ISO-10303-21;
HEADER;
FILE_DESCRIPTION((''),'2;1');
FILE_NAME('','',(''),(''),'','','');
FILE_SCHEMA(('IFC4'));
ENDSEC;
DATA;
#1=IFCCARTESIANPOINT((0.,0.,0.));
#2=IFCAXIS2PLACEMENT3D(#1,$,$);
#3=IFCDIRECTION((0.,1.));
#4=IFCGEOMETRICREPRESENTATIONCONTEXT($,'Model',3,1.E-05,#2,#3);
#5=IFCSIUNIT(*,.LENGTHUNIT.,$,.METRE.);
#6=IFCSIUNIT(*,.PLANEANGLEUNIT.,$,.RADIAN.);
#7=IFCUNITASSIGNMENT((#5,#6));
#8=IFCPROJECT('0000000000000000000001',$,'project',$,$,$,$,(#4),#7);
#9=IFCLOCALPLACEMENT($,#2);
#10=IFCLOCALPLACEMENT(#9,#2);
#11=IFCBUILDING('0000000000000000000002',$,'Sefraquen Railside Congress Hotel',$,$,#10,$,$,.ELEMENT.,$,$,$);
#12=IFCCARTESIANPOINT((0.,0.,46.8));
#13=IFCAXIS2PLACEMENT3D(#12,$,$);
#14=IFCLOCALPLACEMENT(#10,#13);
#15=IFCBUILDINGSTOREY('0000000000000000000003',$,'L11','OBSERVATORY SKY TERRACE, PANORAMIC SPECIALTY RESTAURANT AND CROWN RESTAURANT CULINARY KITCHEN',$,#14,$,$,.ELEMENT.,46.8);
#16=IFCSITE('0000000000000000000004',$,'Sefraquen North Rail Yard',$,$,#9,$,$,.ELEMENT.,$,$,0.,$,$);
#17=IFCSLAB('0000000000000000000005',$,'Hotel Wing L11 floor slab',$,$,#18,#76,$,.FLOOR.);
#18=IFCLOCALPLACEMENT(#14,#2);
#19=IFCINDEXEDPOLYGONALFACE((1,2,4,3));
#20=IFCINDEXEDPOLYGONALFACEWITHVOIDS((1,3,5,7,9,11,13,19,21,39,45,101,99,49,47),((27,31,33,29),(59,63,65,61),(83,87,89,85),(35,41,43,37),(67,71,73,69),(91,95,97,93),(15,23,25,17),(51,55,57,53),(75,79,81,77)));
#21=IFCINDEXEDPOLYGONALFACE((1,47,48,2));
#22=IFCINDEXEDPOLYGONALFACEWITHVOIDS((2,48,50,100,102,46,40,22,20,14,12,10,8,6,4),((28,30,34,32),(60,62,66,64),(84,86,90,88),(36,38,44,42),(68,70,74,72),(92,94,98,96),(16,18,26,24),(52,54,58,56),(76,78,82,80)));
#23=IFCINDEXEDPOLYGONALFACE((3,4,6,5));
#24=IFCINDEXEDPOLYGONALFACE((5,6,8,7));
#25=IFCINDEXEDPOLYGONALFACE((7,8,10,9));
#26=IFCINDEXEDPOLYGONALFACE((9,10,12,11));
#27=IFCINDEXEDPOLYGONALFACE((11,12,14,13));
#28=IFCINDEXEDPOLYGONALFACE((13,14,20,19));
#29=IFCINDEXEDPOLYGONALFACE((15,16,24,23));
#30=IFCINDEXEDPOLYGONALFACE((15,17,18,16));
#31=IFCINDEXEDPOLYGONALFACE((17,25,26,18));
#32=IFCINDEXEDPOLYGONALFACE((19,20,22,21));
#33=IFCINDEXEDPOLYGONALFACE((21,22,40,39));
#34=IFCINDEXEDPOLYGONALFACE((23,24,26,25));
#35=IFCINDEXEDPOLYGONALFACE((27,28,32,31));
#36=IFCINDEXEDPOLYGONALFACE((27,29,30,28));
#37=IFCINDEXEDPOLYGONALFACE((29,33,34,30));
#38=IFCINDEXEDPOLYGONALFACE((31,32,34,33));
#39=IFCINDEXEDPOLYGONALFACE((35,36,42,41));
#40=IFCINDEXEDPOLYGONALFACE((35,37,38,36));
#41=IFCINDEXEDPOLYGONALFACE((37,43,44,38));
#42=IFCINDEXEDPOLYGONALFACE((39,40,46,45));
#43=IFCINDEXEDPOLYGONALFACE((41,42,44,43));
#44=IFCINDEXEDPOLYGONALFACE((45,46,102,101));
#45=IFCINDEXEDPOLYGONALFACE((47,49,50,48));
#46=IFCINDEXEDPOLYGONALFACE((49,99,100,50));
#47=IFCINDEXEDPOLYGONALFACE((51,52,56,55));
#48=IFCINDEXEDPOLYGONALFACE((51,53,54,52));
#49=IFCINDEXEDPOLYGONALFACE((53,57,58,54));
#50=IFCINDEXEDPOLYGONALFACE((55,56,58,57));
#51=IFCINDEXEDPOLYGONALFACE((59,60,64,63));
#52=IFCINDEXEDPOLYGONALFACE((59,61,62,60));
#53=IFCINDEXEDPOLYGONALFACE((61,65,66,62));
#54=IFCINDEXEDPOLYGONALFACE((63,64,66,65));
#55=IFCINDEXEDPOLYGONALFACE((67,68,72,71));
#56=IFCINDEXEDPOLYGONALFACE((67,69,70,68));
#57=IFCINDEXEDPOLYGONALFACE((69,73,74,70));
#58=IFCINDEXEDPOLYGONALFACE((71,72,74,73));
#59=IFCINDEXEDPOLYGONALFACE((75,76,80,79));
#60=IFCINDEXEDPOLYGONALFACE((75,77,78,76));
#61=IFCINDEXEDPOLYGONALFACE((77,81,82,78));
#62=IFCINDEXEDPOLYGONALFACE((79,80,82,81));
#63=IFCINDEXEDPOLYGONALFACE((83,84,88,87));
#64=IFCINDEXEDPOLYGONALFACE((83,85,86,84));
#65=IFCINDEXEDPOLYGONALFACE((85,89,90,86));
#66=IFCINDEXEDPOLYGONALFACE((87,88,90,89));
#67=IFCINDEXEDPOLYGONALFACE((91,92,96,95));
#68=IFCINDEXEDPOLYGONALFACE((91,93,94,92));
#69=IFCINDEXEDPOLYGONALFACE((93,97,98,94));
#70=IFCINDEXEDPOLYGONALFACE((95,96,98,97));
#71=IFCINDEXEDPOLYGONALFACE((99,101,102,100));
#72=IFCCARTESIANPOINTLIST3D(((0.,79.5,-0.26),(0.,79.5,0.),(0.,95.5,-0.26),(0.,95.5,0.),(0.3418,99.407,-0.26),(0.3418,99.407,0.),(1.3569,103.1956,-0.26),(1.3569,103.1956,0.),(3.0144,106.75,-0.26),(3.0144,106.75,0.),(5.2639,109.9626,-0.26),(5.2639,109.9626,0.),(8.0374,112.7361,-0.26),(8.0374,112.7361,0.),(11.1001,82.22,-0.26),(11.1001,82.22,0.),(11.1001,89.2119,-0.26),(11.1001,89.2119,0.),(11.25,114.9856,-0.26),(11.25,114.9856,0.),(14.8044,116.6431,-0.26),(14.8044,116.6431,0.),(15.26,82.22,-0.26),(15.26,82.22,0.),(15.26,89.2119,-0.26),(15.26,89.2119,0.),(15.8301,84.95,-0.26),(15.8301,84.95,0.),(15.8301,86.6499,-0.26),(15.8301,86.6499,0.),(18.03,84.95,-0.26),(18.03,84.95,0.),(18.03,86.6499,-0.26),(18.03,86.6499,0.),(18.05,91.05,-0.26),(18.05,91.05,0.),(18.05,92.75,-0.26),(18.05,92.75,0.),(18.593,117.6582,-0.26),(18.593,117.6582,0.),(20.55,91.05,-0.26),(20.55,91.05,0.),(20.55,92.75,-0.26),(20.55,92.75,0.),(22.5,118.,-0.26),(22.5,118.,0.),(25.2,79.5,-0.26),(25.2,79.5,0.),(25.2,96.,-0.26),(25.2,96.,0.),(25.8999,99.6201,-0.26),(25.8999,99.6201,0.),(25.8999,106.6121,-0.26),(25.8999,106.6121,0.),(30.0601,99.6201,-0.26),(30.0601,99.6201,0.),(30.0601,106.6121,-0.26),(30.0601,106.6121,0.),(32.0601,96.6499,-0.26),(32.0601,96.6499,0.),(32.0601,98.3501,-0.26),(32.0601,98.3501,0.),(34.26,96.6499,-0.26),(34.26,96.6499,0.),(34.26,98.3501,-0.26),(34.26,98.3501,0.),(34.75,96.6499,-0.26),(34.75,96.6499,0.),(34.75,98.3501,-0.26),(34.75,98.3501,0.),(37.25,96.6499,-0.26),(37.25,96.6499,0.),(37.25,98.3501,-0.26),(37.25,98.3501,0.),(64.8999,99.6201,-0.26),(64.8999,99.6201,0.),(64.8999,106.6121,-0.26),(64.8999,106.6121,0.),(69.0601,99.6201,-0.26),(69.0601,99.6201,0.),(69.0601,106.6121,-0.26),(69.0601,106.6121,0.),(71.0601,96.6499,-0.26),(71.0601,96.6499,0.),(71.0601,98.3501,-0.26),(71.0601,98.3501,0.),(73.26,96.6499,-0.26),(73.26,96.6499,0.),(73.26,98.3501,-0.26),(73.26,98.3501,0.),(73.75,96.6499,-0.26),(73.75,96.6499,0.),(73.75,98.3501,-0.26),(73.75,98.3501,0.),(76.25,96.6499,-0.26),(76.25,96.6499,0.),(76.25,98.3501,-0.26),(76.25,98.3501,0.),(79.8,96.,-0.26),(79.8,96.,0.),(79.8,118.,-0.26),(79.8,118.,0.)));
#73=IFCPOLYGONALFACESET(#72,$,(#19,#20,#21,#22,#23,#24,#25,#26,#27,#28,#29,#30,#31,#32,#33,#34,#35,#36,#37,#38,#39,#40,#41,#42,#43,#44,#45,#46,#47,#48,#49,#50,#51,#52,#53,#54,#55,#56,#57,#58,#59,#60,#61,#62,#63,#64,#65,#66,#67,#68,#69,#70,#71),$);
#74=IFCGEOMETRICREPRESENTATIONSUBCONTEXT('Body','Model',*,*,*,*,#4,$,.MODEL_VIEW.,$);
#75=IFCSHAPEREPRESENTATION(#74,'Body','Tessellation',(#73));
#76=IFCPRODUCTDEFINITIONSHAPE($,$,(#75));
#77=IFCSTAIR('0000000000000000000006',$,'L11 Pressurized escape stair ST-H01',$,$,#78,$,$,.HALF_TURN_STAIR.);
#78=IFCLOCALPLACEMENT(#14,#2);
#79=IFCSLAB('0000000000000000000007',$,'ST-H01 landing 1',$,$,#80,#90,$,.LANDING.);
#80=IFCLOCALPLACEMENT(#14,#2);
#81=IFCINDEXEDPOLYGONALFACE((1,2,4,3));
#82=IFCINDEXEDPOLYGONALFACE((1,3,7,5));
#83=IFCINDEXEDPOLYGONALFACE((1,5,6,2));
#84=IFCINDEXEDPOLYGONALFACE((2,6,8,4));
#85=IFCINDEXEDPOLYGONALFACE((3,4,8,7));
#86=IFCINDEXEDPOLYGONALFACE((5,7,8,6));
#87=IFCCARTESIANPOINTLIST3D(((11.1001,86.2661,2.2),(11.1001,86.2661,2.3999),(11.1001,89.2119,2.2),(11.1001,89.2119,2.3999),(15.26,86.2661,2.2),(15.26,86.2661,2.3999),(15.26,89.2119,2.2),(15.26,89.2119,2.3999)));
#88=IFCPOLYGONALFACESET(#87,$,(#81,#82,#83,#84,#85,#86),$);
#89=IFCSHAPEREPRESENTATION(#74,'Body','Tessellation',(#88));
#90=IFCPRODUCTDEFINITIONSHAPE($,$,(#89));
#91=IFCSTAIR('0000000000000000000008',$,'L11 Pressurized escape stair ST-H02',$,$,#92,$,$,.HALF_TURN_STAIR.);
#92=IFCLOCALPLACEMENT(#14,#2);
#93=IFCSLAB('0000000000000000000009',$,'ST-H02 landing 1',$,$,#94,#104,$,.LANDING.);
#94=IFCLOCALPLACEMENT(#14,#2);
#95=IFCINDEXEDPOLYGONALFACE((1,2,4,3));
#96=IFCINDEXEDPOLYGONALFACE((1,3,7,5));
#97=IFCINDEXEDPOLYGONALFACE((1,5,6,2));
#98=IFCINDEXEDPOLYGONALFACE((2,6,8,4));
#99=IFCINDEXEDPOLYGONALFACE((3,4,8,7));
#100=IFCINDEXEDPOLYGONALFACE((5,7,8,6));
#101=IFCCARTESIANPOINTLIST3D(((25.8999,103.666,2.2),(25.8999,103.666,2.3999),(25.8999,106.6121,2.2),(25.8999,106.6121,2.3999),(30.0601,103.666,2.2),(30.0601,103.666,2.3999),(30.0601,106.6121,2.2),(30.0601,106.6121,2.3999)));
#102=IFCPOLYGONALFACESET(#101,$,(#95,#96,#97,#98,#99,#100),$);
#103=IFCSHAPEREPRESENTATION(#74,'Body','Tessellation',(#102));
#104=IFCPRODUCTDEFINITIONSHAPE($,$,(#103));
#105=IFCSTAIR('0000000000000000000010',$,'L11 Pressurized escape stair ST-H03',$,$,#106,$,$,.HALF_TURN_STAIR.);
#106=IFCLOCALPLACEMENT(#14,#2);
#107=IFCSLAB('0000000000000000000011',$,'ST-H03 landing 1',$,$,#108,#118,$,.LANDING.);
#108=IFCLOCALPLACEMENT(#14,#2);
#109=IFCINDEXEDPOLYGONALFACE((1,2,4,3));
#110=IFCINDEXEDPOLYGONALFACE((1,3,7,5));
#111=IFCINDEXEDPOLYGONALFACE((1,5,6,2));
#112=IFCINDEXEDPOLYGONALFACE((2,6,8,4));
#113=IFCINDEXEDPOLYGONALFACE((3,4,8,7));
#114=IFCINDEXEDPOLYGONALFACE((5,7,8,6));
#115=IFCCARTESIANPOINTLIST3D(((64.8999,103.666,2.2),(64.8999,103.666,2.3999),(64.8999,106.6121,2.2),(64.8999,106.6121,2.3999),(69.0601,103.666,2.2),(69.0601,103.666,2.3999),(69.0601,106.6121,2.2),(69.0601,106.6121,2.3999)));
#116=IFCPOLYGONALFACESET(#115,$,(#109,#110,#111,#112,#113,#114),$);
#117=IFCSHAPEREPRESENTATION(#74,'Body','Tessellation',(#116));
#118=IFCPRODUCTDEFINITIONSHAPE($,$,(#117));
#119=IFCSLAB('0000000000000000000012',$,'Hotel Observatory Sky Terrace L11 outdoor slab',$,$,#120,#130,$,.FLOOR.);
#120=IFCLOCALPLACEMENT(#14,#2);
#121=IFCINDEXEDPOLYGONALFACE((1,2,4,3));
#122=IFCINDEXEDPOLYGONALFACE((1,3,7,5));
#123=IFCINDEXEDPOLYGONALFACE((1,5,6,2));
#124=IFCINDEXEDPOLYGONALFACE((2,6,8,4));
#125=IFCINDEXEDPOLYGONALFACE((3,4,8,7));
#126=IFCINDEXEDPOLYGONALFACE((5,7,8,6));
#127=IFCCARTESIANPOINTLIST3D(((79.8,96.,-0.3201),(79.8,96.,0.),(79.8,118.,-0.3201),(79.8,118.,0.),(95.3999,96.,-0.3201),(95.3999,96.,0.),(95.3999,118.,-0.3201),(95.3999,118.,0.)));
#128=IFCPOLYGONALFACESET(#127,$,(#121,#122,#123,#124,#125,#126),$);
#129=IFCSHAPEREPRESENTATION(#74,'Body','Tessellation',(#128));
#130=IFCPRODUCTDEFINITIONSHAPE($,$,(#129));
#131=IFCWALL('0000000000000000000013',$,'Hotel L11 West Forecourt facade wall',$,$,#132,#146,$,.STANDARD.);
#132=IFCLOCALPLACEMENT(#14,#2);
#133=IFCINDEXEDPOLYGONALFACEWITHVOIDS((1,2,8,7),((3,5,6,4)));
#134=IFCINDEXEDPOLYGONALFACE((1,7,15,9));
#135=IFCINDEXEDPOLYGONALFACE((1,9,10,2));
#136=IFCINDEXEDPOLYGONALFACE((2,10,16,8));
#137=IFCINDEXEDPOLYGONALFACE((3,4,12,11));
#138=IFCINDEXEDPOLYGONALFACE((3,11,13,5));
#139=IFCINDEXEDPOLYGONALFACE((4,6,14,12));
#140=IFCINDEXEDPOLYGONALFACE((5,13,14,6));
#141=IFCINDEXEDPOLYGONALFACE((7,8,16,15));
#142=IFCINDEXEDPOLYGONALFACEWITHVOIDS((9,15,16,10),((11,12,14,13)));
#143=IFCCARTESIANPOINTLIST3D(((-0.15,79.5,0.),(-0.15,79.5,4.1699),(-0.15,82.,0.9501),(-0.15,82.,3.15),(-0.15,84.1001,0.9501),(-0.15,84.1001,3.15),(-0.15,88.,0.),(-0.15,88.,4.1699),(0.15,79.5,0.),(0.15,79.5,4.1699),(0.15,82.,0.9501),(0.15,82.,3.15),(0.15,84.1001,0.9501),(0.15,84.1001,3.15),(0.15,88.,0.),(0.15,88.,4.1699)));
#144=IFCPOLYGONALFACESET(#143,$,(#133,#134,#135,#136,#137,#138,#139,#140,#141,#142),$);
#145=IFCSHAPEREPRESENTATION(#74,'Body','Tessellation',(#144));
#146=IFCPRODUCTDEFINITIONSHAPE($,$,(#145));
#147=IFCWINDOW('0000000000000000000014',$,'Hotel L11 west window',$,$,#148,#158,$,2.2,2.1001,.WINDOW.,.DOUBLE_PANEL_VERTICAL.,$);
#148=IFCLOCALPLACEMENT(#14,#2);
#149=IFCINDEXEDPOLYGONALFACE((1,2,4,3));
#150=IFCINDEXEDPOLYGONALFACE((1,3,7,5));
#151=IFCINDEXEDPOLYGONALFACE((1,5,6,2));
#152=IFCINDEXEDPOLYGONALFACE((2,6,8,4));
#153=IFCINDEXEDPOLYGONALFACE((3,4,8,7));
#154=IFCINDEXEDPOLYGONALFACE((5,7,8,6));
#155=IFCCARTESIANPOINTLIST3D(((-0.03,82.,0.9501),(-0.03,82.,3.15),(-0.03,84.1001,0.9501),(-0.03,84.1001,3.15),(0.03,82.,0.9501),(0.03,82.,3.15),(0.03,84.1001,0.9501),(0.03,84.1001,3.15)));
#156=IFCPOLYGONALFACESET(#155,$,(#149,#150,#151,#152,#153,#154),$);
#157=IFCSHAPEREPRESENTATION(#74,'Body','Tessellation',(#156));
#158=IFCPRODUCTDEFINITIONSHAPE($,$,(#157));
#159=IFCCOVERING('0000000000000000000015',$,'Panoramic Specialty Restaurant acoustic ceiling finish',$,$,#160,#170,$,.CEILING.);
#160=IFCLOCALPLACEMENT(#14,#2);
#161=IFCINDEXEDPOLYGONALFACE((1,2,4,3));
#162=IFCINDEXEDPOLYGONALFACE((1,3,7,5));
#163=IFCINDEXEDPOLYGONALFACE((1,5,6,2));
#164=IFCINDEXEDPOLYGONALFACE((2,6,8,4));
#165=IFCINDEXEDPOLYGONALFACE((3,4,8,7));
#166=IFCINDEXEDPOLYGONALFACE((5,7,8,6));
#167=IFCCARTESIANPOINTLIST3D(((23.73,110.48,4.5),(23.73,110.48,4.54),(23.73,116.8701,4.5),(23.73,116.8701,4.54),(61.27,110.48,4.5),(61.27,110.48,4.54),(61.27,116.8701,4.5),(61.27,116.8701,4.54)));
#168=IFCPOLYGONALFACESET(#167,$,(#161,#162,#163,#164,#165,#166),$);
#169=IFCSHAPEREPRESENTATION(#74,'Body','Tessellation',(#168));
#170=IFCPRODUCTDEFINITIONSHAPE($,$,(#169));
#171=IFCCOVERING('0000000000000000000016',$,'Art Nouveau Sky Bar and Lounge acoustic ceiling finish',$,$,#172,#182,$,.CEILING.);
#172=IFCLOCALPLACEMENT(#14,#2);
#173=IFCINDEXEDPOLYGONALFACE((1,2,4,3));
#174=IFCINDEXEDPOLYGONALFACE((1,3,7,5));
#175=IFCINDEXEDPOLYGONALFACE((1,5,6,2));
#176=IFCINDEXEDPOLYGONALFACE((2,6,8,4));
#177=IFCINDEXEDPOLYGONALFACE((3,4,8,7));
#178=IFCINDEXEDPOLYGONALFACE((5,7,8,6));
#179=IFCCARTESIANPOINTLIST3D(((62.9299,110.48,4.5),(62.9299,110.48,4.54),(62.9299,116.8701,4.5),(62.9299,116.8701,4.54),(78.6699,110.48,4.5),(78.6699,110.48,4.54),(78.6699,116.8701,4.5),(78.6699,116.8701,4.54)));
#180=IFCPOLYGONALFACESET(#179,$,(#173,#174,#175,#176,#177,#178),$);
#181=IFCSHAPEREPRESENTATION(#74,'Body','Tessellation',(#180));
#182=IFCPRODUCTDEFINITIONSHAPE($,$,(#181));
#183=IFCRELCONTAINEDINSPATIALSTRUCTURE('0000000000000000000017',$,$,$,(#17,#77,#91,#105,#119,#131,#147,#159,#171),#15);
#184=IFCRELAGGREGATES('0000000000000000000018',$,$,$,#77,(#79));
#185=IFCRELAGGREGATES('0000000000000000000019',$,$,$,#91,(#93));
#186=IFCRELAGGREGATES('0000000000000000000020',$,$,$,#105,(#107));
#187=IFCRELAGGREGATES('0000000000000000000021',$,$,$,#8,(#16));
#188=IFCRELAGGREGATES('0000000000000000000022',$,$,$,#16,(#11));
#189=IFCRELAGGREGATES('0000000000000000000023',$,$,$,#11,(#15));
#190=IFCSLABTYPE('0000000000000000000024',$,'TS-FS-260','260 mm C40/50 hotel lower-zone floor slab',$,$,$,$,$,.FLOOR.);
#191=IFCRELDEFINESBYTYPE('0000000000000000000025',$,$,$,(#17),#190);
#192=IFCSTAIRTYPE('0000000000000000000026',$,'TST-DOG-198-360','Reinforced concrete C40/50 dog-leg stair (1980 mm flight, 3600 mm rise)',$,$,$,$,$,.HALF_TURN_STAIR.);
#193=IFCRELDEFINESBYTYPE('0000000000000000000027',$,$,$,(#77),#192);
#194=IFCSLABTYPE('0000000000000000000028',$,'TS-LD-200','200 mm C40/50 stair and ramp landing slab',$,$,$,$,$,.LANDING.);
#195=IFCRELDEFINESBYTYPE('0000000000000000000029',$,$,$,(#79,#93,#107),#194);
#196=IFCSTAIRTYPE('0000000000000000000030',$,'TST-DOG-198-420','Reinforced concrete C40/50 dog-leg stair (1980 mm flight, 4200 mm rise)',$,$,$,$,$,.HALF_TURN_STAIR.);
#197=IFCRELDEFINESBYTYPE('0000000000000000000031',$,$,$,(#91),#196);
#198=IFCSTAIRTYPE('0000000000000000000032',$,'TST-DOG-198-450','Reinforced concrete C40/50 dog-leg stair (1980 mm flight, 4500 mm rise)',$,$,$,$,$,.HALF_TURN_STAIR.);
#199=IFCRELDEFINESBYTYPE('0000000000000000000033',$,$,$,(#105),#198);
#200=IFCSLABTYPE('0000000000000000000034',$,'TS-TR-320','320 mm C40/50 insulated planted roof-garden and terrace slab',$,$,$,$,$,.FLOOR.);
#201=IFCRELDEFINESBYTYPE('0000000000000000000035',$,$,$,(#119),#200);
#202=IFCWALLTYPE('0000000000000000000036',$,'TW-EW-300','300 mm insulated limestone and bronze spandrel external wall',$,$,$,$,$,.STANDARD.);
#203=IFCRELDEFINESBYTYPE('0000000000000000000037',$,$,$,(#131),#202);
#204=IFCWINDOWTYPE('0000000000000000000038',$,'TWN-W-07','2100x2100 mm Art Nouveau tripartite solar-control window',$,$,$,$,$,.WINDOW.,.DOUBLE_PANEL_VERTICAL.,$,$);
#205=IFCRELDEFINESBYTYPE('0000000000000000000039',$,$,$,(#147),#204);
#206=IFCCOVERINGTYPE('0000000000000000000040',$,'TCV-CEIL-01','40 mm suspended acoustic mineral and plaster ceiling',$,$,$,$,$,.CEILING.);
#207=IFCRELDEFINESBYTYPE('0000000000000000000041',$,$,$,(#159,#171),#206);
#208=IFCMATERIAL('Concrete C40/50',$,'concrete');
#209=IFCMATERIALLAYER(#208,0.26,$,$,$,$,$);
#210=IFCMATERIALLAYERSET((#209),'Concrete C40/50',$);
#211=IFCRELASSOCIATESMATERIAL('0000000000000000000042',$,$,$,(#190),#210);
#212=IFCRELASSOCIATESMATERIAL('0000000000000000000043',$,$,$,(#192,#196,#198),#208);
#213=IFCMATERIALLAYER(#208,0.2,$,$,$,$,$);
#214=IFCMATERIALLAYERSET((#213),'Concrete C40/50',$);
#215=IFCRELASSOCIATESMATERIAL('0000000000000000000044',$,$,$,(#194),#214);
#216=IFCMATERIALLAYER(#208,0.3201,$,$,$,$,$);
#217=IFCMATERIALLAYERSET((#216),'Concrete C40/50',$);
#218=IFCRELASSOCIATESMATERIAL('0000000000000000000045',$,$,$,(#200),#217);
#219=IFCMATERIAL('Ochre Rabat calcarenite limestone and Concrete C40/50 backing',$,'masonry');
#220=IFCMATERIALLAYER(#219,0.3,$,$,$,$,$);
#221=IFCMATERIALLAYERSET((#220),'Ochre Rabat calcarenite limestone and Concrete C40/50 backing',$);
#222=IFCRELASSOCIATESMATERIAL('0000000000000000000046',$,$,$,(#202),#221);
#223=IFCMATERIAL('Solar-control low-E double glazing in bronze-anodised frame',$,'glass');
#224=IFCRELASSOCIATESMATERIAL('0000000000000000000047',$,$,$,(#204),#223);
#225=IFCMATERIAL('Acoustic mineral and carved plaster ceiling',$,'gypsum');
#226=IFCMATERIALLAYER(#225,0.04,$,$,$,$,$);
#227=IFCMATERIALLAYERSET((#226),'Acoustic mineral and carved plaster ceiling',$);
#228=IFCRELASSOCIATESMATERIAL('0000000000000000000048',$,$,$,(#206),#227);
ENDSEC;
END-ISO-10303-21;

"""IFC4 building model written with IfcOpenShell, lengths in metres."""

from ifc_helpers import new_model, si_unit, direction, frame, frame_2d, origin, place, context, subcontext, project, spatial, polyline, rectangle, outline, extrude, material, layer, layer_set, type_object, element, fill, aggregate, save


model = new_model("IFC4")

# Units and contexts
model_context = context("Model", 3, precision=1e-05, world=origin(), true_north=direction((0.0, 1.0)))
body_context = subcontext(model_context, "Body", "Model", "MODEL_VIEW")
ifc_project = project(units=[si_unit("LENGTHUNIT", "METRE"), si_unit("PLANEANGLEUNIT", "RADIAN")], contexts=[model_context])

# Site, building, storey
site_placement = place(None, origin())
site = spatial("IfcSite", under=ifc_project, at=site_placement, Name="Sefraquen North Rail Yard", CompositionType="ELEMENT", RefElevation=0.0)
building_placement = place(site_placement, origin())
building = spatial("IfcBuilding", under=site, at=building_placement, Name="Sefraquen Railside Congress Hotel", CompositionType="ELEMENT")
storey_placement = place(building_placement, frame((0.0, 0.0, 46.8)))
storey = spatial("IfcBuildingStorey", under=building, at=storey_placement, Name="L11", Description="OBSERVATORY SKY TERRACE, PANORAMIC SPECIALTY RESTAURANT AND CROWN RESTAURANT CULINARY KITCHEN", CompositionType="ELEMENT", Elevation=46.8)

# Slab
ifc_material_1 = material(Name="Concrete C40/50", Category="concrete")
ifc_layer_1 = layer(ifc_material_1, 0.26)
ifc_layer_set_1 = layer_set([ifc_layer_1], Name="Concrete C40/50")
slab_type_1 = type_object("IfcSlabType", Name="TS-FS-260", Description="260 mm C40/50 hotel lower-zone floor slab", PredefinedType="FLOOR", material=ifc_layer_set_1)
slab_1_placement = place(storey_placement, frame((0.0, 0.0, -0.26)))
element("IfcSlab", 1, at=slab_1_placement, inside=storey, type_object=slab_type_1, Name="Hotel Wing L11 floor slab", PredefinedType="FLOOR", context=body_context, shape_type="SweptSolid", body=[
    extrude(outline(polyline([(0.0, 79.5), (25.2, 79.5), (25.2, 96.0), (79.8, 96.0), (79.8, 118.0), (22.5, 118.0), (18.593, 117.6582), (14.8044, 116.6431), (11.25, 114.9856), (8.0374, 112.7361), (5.2639, 109.9626), (3.0144, 106.75), (1.3569, 103.1956), (0.3418, 99.407), (0.0, 95.5), (0.0, 79.5)]), holes=[polyline([(11.1001, 82.22), (15.26, 82.22), (15.26, 89.2119), (11.1001, 89.2119), (11.1001, 82.22)]), polyline([(25.8999, 99.6201), (30.0601, 99.6201), (30.0601, 106.6121), (25.8999, 106.6121), (25.8999, 99.6201)]), polyline([(64.8999, 99.6201), (69.0601, 99.6201), (69.0601, 106.6121), (64.8999, 106.6121), (64.8999, 99.6201)]), polyline([(15.8301, 84.95), (18.03, 84.95), (18.03, 86.6499), (15.8301, 86.6499), (15.8301, 84.95)]), polyline([(32.0601, 96.6499), (34.26, 96.6499), (34.26, 98.3501), (32.0601, 98.3501), (32.0601, 96.6499)]), polyline([(71.0601, 96.6499), (73.26, 96.6499), (73.26, 98.3501), (71.0601, 98.3501), (71.0601, 96.6499)]), polyline([(18.05, 91.05), (20.55, 91.05), (20.55, 92.75), (18.05, 92.75), (18.05, 91.05)]), polyline([(34.75, 96.6499), (37.25, 96.6499), (37.25, 98.3501), (34.75, 98.3501), (34.75, 96.6499)]), polyline([(73.75, 96.6499), (76.25, 96.6499), (76.25, 98.3501), (73.75, 98.3501), (73.75, 96.6499)])]), origin(), (0.0, 0.0, 1.0), 0.26),
])

# Stairs, slabs
stair_type_1 = type_object("IfcStairType", Name="TST-DOG-198-360", Description="Reinforced concrete C40/50 dog-leg stair (1980 mm flight, 3600 mm rise)", PredefinedType="HALF_TURN_STAIR", material=ifc_material_1)
stair_1_placement = place(storey_placement, origin())
stair_1 = element("IfcStair", 2, at=stair_1_placement, inside=storey, type_object=stair_type_1, Name="L11 Pressurized escape stair ST-H01", PredefinedType="HALF_TURN_STAIR")
ifc_layer_2 = layer(ifc_material_1, 0.2)
ifc_layer_set_2 = layer_set([ifc_layer_2], Name="Concrete C40/50")
slab_type_2 = type_object("IfcSlabType", Name="TS-LD-200", Description="200 mm C40/50 stair and ramp landing slab", PredefinedType="LANDING", material=ifc_layer_set_2)
slab_2_placement = place(storey_placement, frame((0.0, 0.0, 2.2)))
slab_2 = element("IfcSlab", 3, at=slab_2_placement, type_object=slab_type_2, Name="ST-H01 landing 1", PredefinedType="LANDING", context=body_context, shape_type="SweptSolid", body=[
    extrude(outline(polyline([(15.26, 86.2661), (15.26, 89.2119), (11.1001, 89.2119), (11.1001, 86.2661), (15.26, 86.2661)])), origin(), (0.0, 0.0, 1.0), 0.2),
])
aggregate(stair_1, [slab_2])
stair_type_2 = type_object("IfcStairType", Name="TST-DOG-198-420", Description="Reinforced concrete C40/50 dog-leg stair (1980 mm flight, 4200 mm rise)", PredefinedType="HALF_TURN_STAIR", material=ifc_material_1)
stair_2_placement = place(storey_placement, origin())
stair_2 = element("IfcStair", 4, at=stair_2_placement, inside=storey, type_object=stair_type_2, Name="L11 Pressurized escape stair ST-H02", PredefinedType="HALF_TURN_STAIR")
slab_3_placement = place(storey_placement, frame((0.0, 0.0, 2.2)))
slab_3 = element("IfcSlab", 5, at=slab_3_placement, type_object=slab_type_2, Name="ST-H02 landing 1", PredefinedType="LANDING", context=body_context, shape_type="SweptSolid", body=[
    extrude(outline(polyline([(30.0601, 103.666), (30.0601, 106.6121), (25.8999, 106.6121), (25.8999, 103.666), (30.0601, 103.666)])), origin(), (0.0, 0.0, 1.0), 0.2),
])
aggregate(stair_2, [slab_3])
stair_type_3 = type_object("IfcStairType", Name="TST-DOG-198-450", Description="Reinforced concrete C40/50 dog-leg stair (1980 mm flight, 4500 mm rise)", PredefinedType="HALF_TURN_STAIR", material=ifc_material_1)
stair_3_placement = place(storey_placement, origin())
stair_3 = element("IfcStair", 6, at=stair_3_placement, inside=storey, type_object=stair_type_3, Name="L11 Pressurized escape stair ST-H03", PredefinedType="HALF_TURN_STAIR")
slab_4_placement = place(storey_placement, frame((0.0, 0.0, 2.2)))
slab_4 = element("IfcSlab", 7, at=slab_4_placement, type_object=slab_type_2, Name="ST-H03 landing 1", PredefinedType="LANDING", context=body_context, shape_type="SweptSolid", body=[
    extrude(outline(polyline([(69.0601, 103.666), (69.0601, 106.6121), (64.8999, 106.6121), (64.8999, 103.666), (69.0601, 103.666)])), origin(), (0.0, 0.0, 1.0), 0.2),
])
aggregate(stair_3, [slab_4])

# Slab
ifc_layer_3 = layer(ifc_material_1, 0.3201)
ifc_layer_set_3 = layer_set([ifc_layer_3], Name="Concrete C40/50")
slab_type_3 = type_object("IfcSlabType", Name="TS-TR-320", Description="320 mm C40/50 insulated planted roof-garden and terrace slab", PredefinedType="FLOOR", material=ifc_layer_set_3)
slab_5_placement = place(storey_placement, frame((0.0, 0.0, -0.3201)))
element("IfcSlab", 8, at=slab_5_placement, inside=storey, type_object=slab_type_3, Name="Hotel Observatory Sky Terrace L11 outdoor slab", PredefinedType="FLOOR", context=body_context, shape_type="SweptSolid", body=[
    extrude(outline(polyline([(79.8, 96.0), (95.3999, 96.0), (95.3999, 118.0), (79.8, 118.0), (79.8, 96.0)])), origin(), (0.0, 0.0, 1.0), 0.3201),
])

# Wall, opening, window
ifc_material_2 = material(Name="Ochre Rabat calcarenite limestone and Concrete C40/50 backing", Category="masonry")
ifc_layer_4 = layer(ifc_material_2, 0.3)
ifc_layer_set_4 = layer_set([ifc_layer_4], Name="Ochre Rabat calcarenite limestone and Concrete C40/50 backing")
wall_type = type_object("IfcWallType", Name="TW-EW-300", Description="300 mm insulated limestone and bronze spandrel external wall", PredefinedType="STANDARD", material=ifc_layer_set_4)
wall_placement = place(storey_placement, frame((0.0, 79.5, 0.0), z_axis=(0.0, 0.0, 1.0), x_axis=(0.0, 1.0, 0.0)))
wall = element("IfcWall", 9, at=wall_placement, inside=storey, type_object=wall_type, Name="Hotel L11 West Forecourt facade wall", PredefinedType="STANDARD", context=body_context, shape_type="SweptSolid", body=[
    extrude(rectangle(XDim=8.5, YDim=0.3, at=frame_2d((4.25, 0.0))), origin(), (0.0, 0.0, 1.0), 4.1699),
])
opening_placement = place(wall_placement, frame((2.5, 0.0, 0.95)))
opening = element("IfcOpeningElement", 10, at=opening_placement, cuts=wall, PredefinedType="OPENING", context=body_context, shape_type="SweptSolid", body=[
    extrude(rectangle(XDim=2.1001, YDim=2.2, at=frame_2d((1.05, 1.1001))), frame((0.0, 0.1599, 0.0), z_axis=(0.0, -1.0, 0.0), x_axis=(1.0, 0.0, 0.0)), (0.0, 0.0, 1.0), 0.3201),
])
ifc_material_3 = material(Name="Solar-control low-E double glazing in bronze-anodised frame", Category="glass")
window_type = type_object("IfcWindowType", Name="TWN-W-07", Description="2100x2100 mm Art Nouveau tripartite solar-control window", PartitioningType="DOUBLE_PANEL_VERTICAL", PredefinedType="WINDOW", material=ifc_material_3)
window_placement = place(opening_placement, origin())
window = element("IfcWindow", 11, at=window_placement, inside=storey, type_object=window_type, Name="Hotel L11 west window", OverallHeight=2.2, OverallWidth=2.1001, PartitioningType="DOUBLE_PANEL_VERTICAL", PredefinedType="WINDOW", context=body_context, shape_type="SweptSolid", body=[
    extrude(rectangle(XDim=2.1001, YDim=2.2, at=frame_2d((1.05, 1.1001))), frame((0.0, 0.03, 0.0), z_axis=(0.0, -1.0, 0.0), x_axis=(1.0, 0.0, 0.0)), (0.0, 0.0, 1.0), 0.0601),
])
fill(opening, window)

# Coverings
ifc_material_4 = material(Name="Acoustic mineral and carved plaster ceiling", Category="gypsum")
ifc_layer_5 = layer(ifc_material_4, 0.04)
ifc_layer_set_5 = layer_set([ifc_layer_5], Name="Acoustic mineral and carved plaster ceiling")
covering_type_1 = type_object("IfcCoveringType", Name="TCV-CEIL-01", Description="40 mm suspended acoustic mineral and plaster ceiling", PredefinedType="CEILING", material=ifc_layer_set_5)
covering_1_placement = place(storey_placement, frame((0.0, 0.0, 4.5)))
element("IfcCovering", 12, at=covering_1_placement, inside=storey, type_object=covering_type_1, Name="Panoramic Specialty Restaurant acoustic ceiling finish", PredefinedType="CEILING", context=body_context, shape_type="SweptSolid", body=[
    extrude(outline(polyline([(23.73, 110.48), (61.27, 110.48), (61.27, 116.8701), (23.73, 116.8701), (23.73, 110.48)])), origin(), (0.0, 0.0, 1.0), 0.04),
])
covering_2_placement = place(storey_placement, frame((0.0, 0.0, 4.5)))
element("IfcCovering", 13, at=covering_2_placement, inside=storey, type_object=covering_type_1, Name="Art Nouveau Sky Bar and Lounge acoustic ceiling finish", PredefinedType="CEILING", context=body_context, shape_type="SweptSolid", body=[
    extrude(outline(polyline([(62.9299, 110.48), (78.6699, 110.48), (78.6699, 116.8701), (62.9299, 116.8701), (62.9299, 110.48)])), origin(), (0.0, 0.0, 1.0), 0.04),
])

save(model, "model.ifc")
